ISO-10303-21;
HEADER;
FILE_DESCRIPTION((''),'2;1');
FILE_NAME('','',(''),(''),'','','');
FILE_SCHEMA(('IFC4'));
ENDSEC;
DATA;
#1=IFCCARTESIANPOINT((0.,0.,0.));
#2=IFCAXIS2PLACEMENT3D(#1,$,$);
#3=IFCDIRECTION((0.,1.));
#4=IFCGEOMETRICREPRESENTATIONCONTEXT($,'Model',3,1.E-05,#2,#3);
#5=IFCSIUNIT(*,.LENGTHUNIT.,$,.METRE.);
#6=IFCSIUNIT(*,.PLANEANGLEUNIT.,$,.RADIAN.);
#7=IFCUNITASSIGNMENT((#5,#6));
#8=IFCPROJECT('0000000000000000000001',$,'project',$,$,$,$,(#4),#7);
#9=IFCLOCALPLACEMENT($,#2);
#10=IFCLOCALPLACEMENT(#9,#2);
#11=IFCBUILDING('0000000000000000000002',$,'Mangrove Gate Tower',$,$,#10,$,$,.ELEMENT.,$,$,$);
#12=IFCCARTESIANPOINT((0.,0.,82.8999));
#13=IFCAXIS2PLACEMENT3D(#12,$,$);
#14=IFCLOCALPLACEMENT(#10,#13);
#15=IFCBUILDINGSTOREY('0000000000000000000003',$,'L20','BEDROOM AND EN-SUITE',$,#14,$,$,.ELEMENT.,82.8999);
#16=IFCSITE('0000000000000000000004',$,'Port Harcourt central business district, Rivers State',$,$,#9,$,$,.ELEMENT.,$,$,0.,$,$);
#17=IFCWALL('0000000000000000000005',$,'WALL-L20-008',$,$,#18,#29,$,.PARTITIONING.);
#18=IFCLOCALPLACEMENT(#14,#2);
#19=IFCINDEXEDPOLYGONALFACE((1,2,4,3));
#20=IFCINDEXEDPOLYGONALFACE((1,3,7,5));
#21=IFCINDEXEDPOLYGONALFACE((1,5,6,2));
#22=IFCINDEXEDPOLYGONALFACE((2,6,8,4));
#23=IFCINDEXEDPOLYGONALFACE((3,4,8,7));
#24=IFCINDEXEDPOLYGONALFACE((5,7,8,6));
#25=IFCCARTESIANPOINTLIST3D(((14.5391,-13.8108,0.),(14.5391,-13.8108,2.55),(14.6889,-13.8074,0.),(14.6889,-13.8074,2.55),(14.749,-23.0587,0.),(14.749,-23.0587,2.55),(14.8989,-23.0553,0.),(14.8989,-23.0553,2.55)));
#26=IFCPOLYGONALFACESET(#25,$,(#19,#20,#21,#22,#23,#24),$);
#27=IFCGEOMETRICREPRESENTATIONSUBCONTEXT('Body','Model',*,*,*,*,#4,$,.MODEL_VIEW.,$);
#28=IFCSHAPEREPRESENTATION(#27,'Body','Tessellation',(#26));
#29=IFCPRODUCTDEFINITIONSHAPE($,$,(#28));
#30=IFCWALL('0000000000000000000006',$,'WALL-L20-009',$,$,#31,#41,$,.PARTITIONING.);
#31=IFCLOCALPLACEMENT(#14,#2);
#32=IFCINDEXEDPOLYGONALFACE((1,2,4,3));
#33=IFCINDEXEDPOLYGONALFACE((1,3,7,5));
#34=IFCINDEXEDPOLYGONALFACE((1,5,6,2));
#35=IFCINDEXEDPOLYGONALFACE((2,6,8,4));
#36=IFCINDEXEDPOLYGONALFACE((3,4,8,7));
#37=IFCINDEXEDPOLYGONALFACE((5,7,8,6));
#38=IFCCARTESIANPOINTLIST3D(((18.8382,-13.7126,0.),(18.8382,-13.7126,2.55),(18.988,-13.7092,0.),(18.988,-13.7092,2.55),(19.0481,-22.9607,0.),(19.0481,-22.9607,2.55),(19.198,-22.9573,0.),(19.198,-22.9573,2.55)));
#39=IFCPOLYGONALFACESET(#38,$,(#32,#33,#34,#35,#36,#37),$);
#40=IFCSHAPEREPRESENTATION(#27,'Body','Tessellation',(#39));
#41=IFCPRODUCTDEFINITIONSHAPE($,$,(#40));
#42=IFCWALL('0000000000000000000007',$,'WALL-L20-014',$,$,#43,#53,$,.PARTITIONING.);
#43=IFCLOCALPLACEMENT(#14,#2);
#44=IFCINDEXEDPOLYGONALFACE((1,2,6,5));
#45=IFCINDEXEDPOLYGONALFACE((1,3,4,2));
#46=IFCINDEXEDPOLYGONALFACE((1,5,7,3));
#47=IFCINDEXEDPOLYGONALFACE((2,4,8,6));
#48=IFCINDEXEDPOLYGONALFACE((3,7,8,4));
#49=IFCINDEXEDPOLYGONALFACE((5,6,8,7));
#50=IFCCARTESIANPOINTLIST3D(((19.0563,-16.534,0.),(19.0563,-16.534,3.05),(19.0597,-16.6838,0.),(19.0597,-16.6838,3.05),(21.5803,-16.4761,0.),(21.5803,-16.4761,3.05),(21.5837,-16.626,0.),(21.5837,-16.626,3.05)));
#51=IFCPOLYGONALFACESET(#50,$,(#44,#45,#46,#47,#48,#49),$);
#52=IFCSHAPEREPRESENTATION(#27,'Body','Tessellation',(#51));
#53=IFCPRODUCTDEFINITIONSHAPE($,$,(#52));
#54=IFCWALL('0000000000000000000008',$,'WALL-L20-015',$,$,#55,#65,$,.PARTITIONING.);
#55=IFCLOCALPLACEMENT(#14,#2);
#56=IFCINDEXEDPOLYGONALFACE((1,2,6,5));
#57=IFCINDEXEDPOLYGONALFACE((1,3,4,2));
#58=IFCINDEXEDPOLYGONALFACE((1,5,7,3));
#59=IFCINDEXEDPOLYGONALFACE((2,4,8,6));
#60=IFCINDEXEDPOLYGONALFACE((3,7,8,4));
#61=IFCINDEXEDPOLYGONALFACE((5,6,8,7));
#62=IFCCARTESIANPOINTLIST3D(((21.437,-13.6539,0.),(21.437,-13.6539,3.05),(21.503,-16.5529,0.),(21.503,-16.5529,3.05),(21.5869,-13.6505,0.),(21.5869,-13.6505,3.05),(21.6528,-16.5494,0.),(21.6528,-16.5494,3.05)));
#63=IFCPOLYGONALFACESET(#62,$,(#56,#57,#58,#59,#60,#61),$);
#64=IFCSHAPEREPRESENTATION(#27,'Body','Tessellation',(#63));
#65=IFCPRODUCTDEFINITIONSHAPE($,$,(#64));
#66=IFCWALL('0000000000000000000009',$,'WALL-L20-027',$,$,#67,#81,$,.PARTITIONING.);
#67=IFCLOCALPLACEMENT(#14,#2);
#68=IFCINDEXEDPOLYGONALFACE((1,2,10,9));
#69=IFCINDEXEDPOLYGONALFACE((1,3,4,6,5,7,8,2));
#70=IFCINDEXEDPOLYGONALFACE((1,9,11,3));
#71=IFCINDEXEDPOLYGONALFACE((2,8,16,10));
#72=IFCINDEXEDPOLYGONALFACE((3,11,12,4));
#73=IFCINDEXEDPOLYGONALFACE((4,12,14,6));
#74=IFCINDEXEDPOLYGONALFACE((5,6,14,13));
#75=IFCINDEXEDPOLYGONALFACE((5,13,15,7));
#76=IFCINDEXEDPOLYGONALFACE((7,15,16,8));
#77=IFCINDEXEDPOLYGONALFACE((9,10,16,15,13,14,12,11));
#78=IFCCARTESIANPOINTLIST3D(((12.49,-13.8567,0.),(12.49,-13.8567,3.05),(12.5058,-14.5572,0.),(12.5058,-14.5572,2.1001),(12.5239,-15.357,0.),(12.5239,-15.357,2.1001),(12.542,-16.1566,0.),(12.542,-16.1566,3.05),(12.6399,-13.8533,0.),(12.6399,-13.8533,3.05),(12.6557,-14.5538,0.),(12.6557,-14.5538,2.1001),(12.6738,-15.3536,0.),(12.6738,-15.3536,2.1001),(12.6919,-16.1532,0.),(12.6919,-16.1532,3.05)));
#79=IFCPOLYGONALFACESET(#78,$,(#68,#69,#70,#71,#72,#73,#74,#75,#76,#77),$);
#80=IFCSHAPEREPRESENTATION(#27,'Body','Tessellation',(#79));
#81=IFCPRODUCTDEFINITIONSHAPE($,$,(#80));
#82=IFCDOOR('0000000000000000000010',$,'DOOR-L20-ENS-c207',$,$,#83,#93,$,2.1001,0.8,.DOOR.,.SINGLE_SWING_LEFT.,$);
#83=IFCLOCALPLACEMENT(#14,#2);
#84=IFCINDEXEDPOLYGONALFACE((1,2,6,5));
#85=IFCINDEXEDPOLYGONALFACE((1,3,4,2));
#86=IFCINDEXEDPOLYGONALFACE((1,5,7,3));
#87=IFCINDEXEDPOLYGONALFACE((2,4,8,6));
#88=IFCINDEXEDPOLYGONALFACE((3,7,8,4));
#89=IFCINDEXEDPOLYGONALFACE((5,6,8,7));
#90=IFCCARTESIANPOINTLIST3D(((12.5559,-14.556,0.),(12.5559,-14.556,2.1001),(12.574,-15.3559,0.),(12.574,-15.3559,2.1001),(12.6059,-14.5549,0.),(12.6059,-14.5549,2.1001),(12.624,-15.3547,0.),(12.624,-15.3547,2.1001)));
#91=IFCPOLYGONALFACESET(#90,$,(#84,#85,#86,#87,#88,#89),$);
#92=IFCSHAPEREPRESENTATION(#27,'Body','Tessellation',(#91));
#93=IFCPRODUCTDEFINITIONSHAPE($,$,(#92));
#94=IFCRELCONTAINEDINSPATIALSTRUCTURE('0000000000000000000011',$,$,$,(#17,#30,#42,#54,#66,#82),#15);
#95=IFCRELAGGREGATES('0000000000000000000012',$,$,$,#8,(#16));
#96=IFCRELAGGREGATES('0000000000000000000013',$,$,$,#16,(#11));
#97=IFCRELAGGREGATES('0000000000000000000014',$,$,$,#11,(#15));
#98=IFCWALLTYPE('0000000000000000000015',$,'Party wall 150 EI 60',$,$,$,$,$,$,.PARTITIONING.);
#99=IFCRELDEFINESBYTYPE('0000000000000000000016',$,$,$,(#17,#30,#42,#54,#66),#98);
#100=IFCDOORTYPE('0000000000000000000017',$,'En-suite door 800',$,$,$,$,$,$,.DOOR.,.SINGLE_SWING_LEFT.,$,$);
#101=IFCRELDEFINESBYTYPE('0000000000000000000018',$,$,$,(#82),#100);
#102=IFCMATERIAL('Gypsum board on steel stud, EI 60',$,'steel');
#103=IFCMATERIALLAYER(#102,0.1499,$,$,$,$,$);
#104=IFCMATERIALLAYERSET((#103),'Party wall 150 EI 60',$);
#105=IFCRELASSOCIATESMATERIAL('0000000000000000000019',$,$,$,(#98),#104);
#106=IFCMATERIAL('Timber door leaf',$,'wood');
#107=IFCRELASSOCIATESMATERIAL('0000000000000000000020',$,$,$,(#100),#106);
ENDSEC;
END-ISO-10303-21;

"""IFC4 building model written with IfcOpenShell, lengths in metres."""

from ifc_helpers import new_model, si_unit, direction, frame, frame_2d, origin, place, context, subcontext, project, spatial, rectangle, extrude, material, layer, layer_set, type_object, element, fill, save


model = new_model("IFC4")

# Units and contexts
model_context = context("Model", 3, precision=1e-05, world=origin(), true_north=direction((0.0, 1.0)))
body_context = subcontext(model_context, "Body", "Model", "MODEL_VIEW")
ifc_project = project(units=[si_unit("LENGTHUNIT", "METRE"), si_unit("PLANEANGLEUNIT", "RADIAN")], contexts=[model_context])

# Site, building, storey
site_placement = place(None, origin())
site = spatial("IfcSite", under=ifc_project, at=site_placement, Name="Port Harcourt central business district, Rivers State", CompositionType="ELEMENT", RefElevation=0.0)
building_placement = place(site_placement, origin())
building = spatial("IfcBuilding", under=site, at=building_placement, Name="Mangrove Gate Tower", CompositionType="ELEMENT")
storey_placement = place(building_placement, frame((0.0, 0.0, 82.8999)))
storey = spatial("IfcBuildingStorey", under=building, at=storey_placement, Name="L20", Description="BEDROOM AND EN-SUITE", CompositionType="ELEMENT", Elevation=82.8999)

# Walls
ifc_material_1 = material(Name="Gypsum board on steel stud, EI 60", Category="steel")
ifc_layer_1 = layer(ifc_material_1, 0.1499)
ifc_layer_set_1 = layer_set([ifc_layer_1], Name="Party wall 150 EI 60")
wall_type_1 = type_object("IfcWallType", Name="Party wall 150 EI 60", PredefinedType="PARTITIONING", material=ifc_layer_set_1)
wall_1_placement = place(storey_placement, frame((14.824, -23.0569, 0.0), z_axis=(0.0, 0.0, 1.0), x_axis=(-0.022698, 0.999742, 0.0)))
element("IfcWall", 1, at=wall_1_placement, inside=storey, type_object=wall_type_1, Name="WALL-L20-008", PredefinedType="PARTITIONING", context=body_context, shape_type="SweptSolid", body=[
    extrude(rectangle(XDim=9.2502, YDim=0.1499, at=frame_2d((4.625, 0.0))), origin(), (0.0, 0.0, 1.0), 2.55),
])
wall_2_placement = place(storey_placement, frame((19.123, -22.959, 0.0), z_axis=(0.0, 0.0, 1.0), x_axis=(-0.022697, 0.999742, 0.0)))
element("IfcWall", 2, at=wall_2_placement, inside=storey, type_object=wall_type_1, Name="WALL-L20-009", PredefinedType="PARTITIONING", context=body_context, shape_type="SweptSolid", body=[
    extrude(rectangle(XDim=9.2505, YDim=0.1499, at=frame_2d((4.6252, 0.0))), origin(), (0.0, 0.0, 1.0), 2.55),
])
wall_3_placement = place(storey_placement, frame((19.0581, -16.6089, 0.0), z_axis=(0.0, 0.0, 1.0), x_axis=(0.999737, 0.022919, 0.0)))
element("IfcWall", 3, at=wall_3_placement, inside=storey, type_object=wall_type_1, Name="WALL-L20-014", PredefinedType="PARTITIONING", context=body_context, shape_type="SweptSolid", body=[
    extrude(rectangle(XDim=2.5247, YDim=0.1499, at=frame_2d((1.2622, 0.0))), origin(), (0.0, 0.0, 1.0), 3.05),
])
wall_4_placement = place(storey_placement, frame((21.5779, -16.551, 0.0), z_axis=(0.0, 0.0, 1.0), x_axis=(-0.022733, 0.999742, 0.0)))
element("IfcWall", 4, at=wall_4_placement, inside=storey, type_object=wall_type_1, Name="WALL-L20-015", PredefinedType="PARTITIONING", context=body_context, shape_type="SweptSolid", body=[
    extrude(rectangle(XDim=2.8997, YDim=0.1499, at=frame_2d((1.4497, 0.0))), origin(), (0.0, 0.0, 1.0), 3.05),
])

# Wall, opening, door
wall_5_placement = place(storey_placement, frame((12.6169, -16.155, 0.0), z_axis=(0.0, 0.0, 1.0), x_axis=(-0.022603, 0.999745, 0.0)))
wall_5 = element("IfcWall", 5, at=wall_5_placement, inside=storey, type_object=wall_type_1, Name="WALL-L20-027", PredefinedType="PARTITIONING", context=body_context, shape_type="SweptSolid", body=[
    extrude(rectangle(XDim=2.3005, YDim=0.1499, at=frame_2d((1.1504, 0.0))), origin(), (0.0, 0.0, 1.0), 3.05),
])
opening_1_placement = place(wall_5_placement, frame((0.8, 0.0, 0.0)))
opening_1 = element("IfcOpeningElement", 6, at=opening_1_placement, cuts=wall_5, PredefinedType="OPENING", context=body_context, shape_type="SweptSolid", body=[
    extrude(rectangle(XDim=0.8, YDim=2.1001, at=frame_2d((0.3999, 1.05))), frame((0.0, 0.085, 0.0), z_axis=(0.0, -1.0, 0.0), x_axis=(1.0, 0.0, 0.0)), (0.0, 0.0, 1.0), 0.1699),
])
ifc_material_2 = material(Name="Timber door leaf", Category="wood")
door_type_1 = type_object("IfcDoorType", Name="En-suite door 800", OperationType="SINGLE_SWING_LEFT", PredefinedType="DOOR", material=ifc_material_2)
door_1_placement = place(opening_1_placement, origin())
door_1 = element("IfcDoor", 7, at=door_1_placement, inside=storey, type_object=door_type_1, Name="DOOR-L20-ENS-c207", OperationType="SINGLE_SWING_LEFT", OverallHeight=2.1001, OverallWidth=0.8, PredefinedType="DOOR", context=body_context, shape_type="SweptSolid", body=[
    extrude(rectangle(XDim=0.8, YDim=2.1001, at=frame_2d((0.3999, 1.05))), frame((0.0, 0.0249, 0.0), z_axis=(0.0, -1.0, 0.0), x_axis=(1.0, 0.0, 0.0)), (0.0, 0.0, 1.0), 0.05),
])
fill(opening_1, door_1)

save(model, "model.ifc")
